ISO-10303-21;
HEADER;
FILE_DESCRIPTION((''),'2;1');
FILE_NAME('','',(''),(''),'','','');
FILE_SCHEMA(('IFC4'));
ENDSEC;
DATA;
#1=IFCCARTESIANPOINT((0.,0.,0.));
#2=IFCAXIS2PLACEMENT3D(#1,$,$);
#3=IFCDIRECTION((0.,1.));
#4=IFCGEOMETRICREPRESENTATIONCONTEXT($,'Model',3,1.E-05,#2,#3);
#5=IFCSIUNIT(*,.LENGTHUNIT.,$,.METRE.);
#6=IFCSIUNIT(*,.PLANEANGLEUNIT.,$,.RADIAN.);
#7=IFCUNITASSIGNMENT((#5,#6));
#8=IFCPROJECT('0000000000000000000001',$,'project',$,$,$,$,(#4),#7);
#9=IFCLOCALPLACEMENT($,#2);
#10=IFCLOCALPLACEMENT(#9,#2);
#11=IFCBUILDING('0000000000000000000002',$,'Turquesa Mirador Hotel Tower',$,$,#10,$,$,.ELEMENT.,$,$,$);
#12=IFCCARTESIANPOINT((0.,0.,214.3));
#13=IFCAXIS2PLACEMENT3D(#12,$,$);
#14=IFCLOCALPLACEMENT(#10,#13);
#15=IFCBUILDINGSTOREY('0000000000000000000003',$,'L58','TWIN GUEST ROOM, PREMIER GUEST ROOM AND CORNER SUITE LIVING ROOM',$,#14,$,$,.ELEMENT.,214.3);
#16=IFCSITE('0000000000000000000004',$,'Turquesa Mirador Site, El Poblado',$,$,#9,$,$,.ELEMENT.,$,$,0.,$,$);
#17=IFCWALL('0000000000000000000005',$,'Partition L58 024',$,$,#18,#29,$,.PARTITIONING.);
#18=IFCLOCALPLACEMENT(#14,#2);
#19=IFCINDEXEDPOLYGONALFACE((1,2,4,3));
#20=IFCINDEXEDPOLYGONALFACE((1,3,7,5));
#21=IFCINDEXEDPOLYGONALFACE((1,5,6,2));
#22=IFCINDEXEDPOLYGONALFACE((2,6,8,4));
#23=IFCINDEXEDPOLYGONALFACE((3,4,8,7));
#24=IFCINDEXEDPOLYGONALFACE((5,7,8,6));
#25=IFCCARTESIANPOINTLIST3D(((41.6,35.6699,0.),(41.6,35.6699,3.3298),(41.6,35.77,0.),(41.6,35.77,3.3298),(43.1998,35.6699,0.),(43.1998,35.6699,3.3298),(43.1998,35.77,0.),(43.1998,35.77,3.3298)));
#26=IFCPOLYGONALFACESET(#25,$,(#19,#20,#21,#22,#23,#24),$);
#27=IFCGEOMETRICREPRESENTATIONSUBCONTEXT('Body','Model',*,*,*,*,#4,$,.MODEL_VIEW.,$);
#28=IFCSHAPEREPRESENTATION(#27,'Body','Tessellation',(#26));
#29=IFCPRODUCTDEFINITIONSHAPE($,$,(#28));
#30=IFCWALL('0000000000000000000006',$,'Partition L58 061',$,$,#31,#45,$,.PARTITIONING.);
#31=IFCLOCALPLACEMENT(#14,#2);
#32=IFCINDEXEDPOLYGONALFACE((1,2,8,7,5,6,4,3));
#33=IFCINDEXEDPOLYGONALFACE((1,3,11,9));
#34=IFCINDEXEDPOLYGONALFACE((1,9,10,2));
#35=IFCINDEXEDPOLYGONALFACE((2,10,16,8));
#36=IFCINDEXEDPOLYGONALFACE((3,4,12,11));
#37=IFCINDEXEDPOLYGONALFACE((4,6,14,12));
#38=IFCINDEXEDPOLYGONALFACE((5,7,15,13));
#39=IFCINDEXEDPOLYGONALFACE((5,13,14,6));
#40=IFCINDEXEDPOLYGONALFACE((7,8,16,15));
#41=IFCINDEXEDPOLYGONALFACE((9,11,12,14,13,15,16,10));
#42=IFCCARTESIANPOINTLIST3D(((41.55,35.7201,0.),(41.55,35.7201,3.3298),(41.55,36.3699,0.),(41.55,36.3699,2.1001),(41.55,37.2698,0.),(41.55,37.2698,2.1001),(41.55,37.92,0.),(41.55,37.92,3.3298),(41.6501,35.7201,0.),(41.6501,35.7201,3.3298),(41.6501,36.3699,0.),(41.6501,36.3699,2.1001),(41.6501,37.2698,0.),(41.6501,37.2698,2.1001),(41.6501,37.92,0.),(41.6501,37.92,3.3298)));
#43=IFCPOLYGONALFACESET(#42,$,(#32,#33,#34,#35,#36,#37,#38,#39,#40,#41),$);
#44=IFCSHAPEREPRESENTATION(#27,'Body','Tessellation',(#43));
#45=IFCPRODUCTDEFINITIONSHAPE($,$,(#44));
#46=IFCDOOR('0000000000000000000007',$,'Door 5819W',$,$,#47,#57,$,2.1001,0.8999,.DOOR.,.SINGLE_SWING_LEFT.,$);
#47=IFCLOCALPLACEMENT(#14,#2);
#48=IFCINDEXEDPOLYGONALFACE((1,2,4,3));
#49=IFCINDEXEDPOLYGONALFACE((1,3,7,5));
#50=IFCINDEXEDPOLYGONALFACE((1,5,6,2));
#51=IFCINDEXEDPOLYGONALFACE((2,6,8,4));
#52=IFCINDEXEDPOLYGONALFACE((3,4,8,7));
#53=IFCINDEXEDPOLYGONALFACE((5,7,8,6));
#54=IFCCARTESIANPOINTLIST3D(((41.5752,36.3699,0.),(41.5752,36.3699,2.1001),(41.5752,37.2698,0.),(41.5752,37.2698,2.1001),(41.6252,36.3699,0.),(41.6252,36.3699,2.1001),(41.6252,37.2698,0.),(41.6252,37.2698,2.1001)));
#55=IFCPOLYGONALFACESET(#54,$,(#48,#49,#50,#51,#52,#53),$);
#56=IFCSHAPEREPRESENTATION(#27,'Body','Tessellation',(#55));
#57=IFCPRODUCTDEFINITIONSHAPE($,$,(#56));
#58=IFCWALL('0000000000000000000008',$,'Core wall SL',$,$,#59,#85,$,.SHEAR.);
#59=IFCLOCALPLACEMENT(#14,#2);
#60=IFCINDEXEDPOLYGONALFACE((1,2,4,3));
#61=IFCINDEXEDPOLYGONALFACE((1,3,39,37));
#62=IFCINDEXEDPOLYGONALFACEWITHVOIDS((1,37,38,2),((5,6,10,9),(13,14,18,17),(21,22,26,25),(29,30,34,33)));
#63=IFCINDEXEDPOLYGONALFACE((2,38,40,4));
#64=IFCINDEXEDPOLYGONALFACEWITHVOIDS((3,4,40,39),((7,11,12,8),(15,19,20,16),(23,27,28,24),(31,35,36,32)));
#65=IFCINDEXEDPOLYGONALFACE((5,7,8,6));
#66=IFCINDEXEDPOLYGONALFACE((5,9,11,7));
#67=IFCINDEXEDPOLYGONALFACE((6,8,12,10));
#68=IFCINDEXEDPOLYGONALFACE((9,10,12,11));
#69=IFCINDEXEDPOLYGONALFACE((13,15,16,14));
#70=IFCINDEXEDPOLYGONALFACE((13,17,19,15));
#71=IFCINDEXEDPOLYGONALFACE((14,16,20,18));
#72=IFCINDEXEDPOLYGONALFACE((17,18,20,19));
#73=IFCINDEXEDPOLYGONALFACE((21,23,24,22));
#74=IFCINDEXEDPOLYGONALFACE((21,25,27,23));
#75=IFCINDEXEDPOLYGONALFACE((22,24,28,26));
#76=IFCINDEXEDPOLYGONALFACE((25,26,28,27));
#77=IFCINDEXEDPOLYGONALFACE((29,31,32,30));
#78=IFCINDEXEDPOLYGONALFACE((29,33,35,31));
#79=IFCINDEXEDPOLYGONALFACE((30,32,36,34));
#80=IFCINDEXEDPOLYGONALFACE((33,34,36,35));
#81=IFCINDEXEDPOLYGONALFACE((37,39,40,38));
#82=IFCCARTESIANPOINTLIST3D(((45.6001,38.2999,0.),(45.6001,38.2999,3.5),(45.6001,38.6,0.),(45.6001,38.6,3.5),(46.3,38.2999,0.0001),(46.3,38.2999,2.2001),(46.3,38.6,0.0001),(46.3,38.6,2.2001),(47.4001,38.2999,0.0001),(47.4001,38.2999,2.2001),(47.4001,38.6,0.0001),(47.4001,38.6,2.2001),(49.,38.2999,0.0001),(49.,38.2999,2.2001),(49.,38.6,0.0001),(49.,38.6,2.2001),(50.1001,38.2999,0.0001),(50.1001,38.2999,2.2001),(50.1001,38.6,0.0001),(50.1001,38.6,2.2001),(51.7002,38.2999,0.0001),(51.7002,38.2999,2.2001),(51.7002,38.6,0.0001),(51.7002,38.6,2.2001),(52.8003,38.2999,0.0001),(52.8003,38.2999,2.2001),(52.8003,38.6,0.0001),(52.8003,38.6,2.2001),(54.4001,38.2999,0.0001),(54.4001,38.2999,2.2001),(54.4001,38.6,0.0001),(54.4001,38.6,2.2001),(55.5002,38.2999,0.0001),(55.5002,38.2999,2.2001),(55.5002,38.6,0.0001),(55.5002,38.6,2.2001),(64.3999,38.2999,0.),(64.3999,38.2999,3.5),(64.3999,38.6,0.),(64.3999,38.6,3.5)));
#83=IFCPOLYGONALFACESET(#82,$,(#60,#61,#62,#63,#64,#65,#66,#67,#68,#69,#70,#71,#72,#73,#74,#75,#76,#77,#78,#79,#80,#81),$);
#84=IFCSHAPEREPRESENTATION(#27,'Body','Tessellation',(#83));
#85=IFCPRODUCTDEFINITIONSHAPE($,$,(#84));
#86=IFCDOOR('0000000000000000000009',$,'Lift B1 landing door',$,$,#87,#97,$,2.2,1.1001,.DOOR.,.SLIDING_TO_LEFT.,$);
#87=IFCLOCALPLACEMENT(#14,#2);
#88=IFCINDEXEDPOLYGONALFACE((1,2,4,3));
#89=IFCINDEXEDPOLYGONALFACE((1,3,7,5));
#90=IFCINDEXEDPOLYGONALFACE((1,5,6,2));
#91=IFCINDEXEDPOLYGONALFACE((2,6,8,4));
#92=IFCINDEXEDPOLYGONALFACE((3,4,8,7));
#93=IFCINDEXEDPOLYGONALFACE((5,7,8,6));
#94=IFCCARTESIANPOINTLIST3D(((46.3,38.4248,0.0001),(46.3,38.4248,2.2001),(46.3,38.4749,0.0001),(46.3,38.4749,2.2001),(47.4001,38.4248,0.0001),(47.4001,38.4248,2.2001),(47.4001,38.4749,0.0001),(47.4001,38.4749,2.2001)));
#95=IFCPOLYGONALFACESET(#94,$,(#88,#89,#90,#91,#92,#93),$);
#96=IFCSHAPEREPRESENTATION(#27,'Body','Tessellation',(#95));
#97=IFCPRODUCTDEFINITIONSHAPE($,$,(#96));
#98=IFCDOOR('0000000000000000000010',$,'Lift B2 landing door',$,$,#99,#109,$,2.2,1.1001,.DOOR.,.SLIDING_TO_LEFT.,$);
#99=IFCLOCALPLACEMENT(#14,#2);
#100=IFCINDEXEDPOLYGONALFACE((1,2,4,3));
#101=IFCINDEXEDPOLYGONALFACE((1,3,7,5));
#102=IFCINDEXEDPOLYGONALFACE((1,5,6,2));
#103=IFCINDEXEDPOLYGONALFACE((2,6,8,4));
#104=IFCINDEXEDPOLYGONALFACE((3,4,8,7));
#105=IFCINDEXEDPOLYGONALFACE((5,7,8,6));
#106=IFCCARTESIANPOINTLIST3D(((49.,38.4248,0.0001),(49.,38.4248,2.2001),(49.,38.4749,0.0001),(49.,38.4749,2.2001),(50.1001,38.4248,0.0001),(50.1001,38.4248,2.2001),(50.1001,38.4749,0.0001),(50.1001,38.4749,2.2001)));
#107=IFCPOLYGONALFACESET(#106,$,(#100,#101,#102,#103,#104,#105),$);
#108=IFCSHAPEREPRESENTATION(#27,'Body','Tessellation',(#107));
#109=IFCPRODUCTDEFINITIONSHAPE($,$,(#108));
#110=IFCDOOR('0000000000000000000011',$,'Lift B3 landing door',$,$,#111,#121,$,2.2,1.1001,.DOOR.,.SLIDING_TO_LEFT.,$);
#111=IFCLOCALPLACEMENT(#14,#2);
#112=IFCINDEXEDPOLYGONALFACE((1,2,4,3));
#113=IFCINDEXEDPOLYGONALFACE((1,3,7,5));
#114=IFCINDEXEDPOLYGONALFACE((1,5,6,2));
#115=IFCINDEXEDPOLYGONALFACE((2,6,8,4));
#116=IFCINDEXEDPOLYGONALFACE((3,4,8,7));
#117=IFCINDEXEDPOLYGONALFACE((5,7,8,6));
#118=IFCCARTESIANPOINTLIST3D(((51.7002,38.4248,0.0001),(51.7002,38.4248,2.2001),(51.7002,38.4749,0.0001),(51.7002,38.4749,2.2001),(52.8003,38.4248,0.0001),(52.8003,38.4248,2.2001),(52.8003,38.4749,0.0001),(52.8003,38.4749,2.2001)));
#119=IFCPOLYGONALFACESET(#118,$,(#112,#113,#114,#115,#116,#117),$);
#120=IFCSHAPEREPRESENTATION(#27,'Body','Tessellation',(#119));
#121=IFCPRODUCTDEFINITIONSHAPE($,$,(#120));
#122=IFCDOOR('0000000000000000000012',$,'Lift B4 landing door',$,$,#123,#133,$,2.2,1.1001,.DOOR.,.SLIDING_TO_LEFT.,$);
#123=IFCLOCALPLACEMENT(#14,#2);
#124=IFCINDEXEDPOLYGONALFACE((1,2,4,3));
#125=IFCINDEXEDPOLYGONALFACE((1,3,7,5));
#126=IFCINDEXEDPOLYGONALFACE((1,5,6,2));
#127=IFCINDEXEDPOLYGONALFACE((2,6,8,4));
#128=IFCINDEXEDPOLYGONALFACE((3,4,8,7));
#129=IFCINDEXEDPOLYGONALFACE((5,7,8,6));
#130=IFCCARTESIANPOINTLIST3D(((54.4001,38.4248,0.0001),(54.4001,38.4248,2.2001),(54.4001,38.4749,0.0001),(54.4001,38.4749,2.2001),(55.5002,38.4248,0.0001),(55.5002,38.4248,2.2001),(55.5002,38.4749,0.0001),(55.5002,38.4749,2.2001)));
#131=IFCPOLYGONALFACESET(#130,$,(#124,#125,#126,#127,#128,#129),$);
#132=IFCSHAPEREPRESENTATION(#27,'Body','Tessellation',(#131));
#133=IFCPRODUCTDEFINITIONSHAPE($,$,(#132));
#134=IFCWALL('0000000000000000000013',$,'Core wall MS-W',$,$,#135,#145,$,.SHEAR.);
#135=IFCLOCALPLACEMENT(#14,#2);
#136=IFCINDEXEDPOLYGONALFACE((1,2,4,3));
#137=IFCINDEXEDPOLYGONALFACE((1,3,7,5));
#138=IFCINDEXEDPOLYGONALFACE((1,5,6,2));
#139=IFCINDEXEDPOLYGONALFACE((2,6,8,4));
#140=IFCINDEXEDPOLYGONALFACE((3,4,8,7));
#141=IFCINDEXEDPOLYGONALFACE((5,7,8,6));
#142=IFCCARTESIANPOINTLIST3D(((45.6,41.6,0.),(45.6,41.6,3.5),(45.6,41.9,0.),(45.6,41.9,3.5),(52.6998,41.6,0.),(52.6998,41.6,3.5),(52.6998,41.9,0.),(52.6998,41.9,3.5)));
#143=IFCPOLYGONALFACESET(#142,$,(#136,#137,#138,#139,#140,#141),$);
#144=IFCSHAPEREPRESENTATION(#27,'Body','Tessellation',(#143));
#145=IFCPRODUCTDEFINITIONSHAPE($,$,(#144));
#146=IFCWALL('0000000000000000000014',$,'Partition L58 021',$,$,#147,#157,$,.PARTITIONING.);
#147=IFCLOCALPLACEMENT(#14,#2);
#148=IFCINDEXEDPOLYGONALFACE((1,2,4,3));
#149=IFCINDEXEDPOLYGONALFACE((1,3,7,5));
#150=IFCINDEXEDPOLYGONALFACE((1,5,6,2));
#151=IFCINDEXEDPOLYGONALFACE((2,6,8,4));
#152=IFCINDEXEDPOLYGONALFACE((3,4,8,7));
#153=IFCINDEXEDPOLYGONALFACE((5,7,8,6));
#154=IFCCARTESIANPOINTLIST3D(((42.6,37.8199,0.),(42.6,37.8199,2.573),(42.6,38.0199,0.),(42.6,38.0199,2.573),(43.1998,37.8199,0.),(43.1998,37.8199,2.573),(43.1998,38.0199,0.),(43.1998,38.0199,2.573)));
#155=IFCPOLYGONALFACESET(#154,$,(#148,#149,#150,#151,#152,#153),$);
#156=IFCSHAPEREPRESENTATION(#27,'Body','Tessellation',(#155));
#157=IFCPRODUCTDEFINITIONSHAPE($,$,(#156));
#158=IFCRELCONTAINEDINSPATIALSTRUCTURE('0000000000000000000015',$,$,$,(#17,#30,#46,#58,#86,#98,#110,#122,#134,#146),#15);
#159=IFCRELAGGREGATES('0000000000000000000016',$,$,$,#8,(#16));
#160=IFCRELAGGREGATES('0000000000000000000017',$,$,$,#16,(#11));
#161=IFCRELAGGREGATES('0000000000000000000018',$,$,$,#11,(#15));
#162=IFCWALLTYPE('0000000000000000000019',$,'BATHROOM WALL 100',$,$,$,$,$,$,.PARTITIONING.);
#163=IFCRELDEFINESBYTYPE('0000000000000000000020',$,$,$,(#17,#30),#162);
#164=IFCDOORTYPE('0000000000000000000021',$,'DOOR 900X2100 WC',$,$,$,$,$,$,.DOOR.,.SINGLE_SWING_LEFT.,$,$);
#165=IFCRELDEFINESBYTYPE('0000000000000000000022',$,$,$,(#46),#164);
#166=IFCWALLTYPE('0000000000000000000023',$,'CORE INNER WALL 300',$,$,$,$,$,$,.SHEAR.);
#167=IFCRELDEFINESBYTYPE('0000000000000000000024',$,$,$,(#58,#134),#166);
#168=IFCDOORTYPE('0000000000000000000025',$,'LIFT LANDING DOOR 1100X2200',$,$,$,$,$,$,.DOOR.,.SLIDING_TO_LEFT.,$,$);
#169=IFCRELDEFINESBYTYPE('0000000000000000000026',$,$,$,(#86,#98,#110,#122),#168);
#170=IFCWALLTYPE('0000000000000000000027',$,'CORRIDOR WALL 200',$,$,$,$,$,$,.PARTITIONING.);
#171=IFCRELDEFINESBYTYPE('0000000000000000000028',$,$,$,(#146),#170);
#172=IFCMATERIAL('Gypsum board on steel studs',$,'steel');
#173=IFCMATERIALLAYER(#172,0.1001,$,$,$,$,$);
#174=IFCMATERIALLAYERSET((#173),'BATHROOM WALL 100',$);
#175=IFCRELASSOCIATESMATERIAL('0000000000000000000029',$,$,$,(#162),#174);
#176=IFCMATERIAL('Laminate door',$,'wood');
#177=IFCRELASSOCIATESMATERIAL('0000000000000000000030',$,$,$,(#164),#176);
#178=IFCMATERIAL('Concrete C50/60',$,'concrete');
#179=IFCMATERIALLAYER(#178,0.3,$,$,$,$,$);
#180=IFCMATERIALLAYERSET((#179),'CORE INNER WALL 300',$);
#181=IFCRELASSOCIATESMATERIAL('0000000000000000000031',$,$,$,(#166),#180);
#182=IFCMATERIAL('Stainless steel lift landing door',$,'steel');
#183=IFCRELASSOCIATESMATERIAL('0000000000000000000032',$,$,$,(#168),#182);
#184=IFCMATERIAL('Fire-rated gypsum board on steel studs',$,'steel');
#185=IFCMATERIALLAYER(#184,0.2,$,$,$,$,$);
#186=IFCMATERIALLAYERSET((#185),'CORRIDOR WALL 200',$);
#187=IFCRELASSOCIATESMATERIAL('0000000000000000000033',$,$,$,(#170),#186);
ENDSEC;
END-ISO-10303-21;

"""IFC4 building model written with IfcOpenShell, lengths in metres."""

from ifc_helpers import new_model, si_unit, direction, frame, frame_2d, origin, place, context, subcontext, project, spatial, rectangle, extrude, material, layer, layer_set, type_object, element, fill, save


model = new_model("IFC4")

# Units and contexts
model_context = context("Model", 3, precision=1e-05, world=origin(), true_north=direction((0.0, 1.0)))
body_context = subcontext(model_context, "Body", "Model", "MODEL_VIEW")
ifc_project = project(units=[si_unit("LENGTHUNIT", "METRE"), si_unit("PLANEANGLEUNIT", "RADIAN")], contexts=[model_context])

# Site, building, storey
site_placement = place(None, origin())
site = spatial("IfcSite", under=ifc_project, at=site_placement, Name="Turquesa Mirador Site, El Poblado", CompositionType="ELEMENT", RefElevation=0.0)
building_placement = place(site_placement, origin())
building = spatial("IfcBuilding", under=site, at=building_placement, Name="Turquesa Mirador Hotel Tower", CompositionType="ELEMENT")
storey_placement = place(building_placement, frame((0.0, 0.0, 214.3)))
storey = spatial("IfcBuildingStorey", under=building, at=storey_placement, Name="L58", Description="TWIN GUEST ROOM, PREMIER GUEST ROOM AND CORNER SUITE LIVING ROOM", CompositionType="ELEMENT", Elevation=214.3)

# Wall
ifc_material_1 = material(Name="Gypsum board on steel studs", Category="steel")
ifc_layer_1 = layer(ifc_material_1, 0.1001)
ifc_layer_set_1 = layer_set([ifc_layer_1], Name="BATHROOM WALL 100")
wall_type_1 = type_object("IfcWallType", Name="BATHROOM WALL 100", PredefinedType="PARTITIONING", material=ifc_layer_set_1)
wall_1_placement = place(storey_placement, frame((41.6001, 35.72, 0.0), z_axis=(0.0, 0.0, 1.0), x_axis=(1.0, 0.0, 0.0)))
element("IfcWall", 1, at=wall_1_placement, inside=storey, type_object=wall_type_1, Name="Partition L58 024", PredefinedType="PARTITIONING", context=body_context, shape_type="SweptSolid", body=[
    extrude(rectangle(XDim=1.5999, YDim=0.1001, at=frame_2d((0.7998, 0.0))), origin(), (0.0, 0.0, 1.0), 3.3298),
])

# Wall, opening, door
wall_2_placement = place(storey_placement, frame((41.6001, 35.72, 0.0), z_axis=(0.0, 0.0, 1.0), x_axis=(0.0, 1.0, 0.0)))
wall_2 = element("IfcWall", 2, at=wall_2_placement, inside=storey, type_object=wall_type_1, Name="Partition L58 061", PredefinedType="PARTITIONING", context=body_context, shape_type="SweptSolid", body=[
    extrude(rectangle(XDim=2.2, YDim=0.1001, at=frame_2d((1.1001, 0.0))), origin(), (0.0, 0.0, 1.0), 3.3298),
])
opening_1_placement = place(wall_2_placement, frame((0.6499, 0.0, 0.0)))
opening_1 = element("IfcOpeningElement", 3, at=opening_1_placement, cuts=wall_2, PredefinedType="OPENING", context=body_context, shape_type="SweptSolid", body=[
    extrude(rectangle(XDim=0.8999, YDim=2.1001, at=frame_2d((0.45, 1.05))), frame((0.0, 0.0601, 0.0), z_axis=(0.0, -1.0, 0.0), x_axis=(1.0, 0.0, 0.0)), (0.0, 0.0, 1.0), 0.1201),
])
ifc_material_2 = material(Name="Laminate door", Category="wood")
door_type_1 = type_object("IfcDoorType", Name="DOOR 900X2100 WC", OperationType="SINGLE_SWING_LEFT", PredefinedType="DOOR", material=ifc_material_2)
door_1_placement = place(opening_1_placement, origin())
door_1 = element("IfcDoor", 4, at=door_1_placement, inside=storey, type_object=door_type_1, Name="Door 5819W", OperationType="SINGLE_SWING_LEFT", OverallHeight=2.1001, OverallWidth=0.8999, PredefinedType="DOOR", context=body_context, shape_type="SweptSolid", body=[
    extrude(rectangle(XDim=0.8999, YDim=2.1001, at=frame_2d((0.45, 1.05))), frame((0.0, 0.0249, 0.0), z_axis=(0.0, -1.0, 0.0), x_axis=(1.0, 0.0, 0.0)), (0.0, 0.0, 1.0), 0.05),
])
fill(opening_1, door_1)

# Wall, openings, doors
ifc_material_3 = material(Name="Concrete C50/60", Category="concrete")
ifc_layer_2 = layer(ifc_material_3, 0.3)
ifc_layer_set_2 = layer_set([ifc_layer_2], Name="CORE INNER WALL 300")
wall_type_2 = type_object("IfcWallType", Name="CORE INNER WALL 300", PredefinedType="SHEAR", material=ifc_layer_set_2)
wall_3_placement = place(storey_placement, frame((45.6001, 38.45, 0.0), z_axis=(0.0, 0.0, 1.0), x_axis=(1.0, 0.0, 0.0)))
wall_3 = element("IfcWall", 5, at=wall_3_placement, inside=storey, type_object=wall_type_2, Name="Core wall SL", PredefinedType="SHEAR", context=body_context, shape_type="SweptSolid", body=[
    extrude(rectangle(XDim=18.7998, YDim=0.3, at=frame_2d((9.3999, 0.0))), origin(), (0.0, 0.0, 1.0), 3.5),
])
opening_2_placement = place(wall_3_placement, frame((0.7, 0.0, 0.0)))
opening_2 = element("IfcOpeningElement", 6, at=opening_2_placement, cuts=wall_3, PredefinedType="OPENING", context=body_context, shape_type="SweptSolid", body=[
    extrude(rectangle(XDim=1.1001, YDim=2.2, at=frame_2d((0.55, 1.1001))), frame((0.0, 0.1599, 0.0), z_axis=(0.0, -1.0, 0.0), x_axis=(1.0, 0.0, 0.0)), (0.0, 0.0, 1.0), 0.3201),
])
opening_3_placement = place(wall_3_placement, frame((3.3999, 0.0, 0.0)))
opening_3 = element("IfcOpeningElement", 7, at=opening_3_placement, cuts=wall_3, PredefinedType="OPENING", context=body_context, shape_type="SweptSolid", body=[
    extrude(rectangle(XDim=1.1001, YDim=2.2, at=frame_2d((0.55, 1.1001))), frame((0.0, 0.1599, 0.0), z_axis=(0.0, -1.0, 0.0), x_axis=(1.0, 0.0, 0.0)), (0.0, 0.0, 1.0), 0.3201),
])
opening_4_placement = place(wall_3_placement, frame((6.1001, 0.0, 0.0)))
opening_4 = element("IfcOpeningElement", 8, at=opening_4_placement, cuts=wall_3, PredefinedType="OPENING", context=body_context, shape_type="SweptSolid", body=[
    extrude(rectangle(XDim=1.1001, YDim=2.2, at=frame_2d((0.55, 1.1001))), frame((0.0, 0.1599, 0.0), z_axis=(0.0, -1.0, 0.0), x_axis=(1.0, 0.0, 0.0)), (0.0, 0.0, 1.0), 0.3201),
])
opening_5_placement = place(wall_3_placement, frame((8.8, 0.0, 0.0)))
opening_5 = element("IfcOpeningElement", 9, at=opening_5_placement, cuts=wall_3, PredefinedType="OPENING", context=body_context, shape_type="SweptSolid", body=[
    extrude(rectangle(XDim=1.1001, YDim=2.2, at=frame_2d((0.55, 1.1001))), frame((0.0, 0.1599, 0.0), z_axis=(0.0, -1.0, 0.0), x_axis=(1.0, 0.0, 0.0)), (0.0, 0.0, 1.0), 0.3201),
])
ifc_material_4 = material(Name="Stainless steel lift landing door", Category="steel")
door_type_2 = type_object("IfcDoorType", Name="LIFT LANDING DOOR 1100X2200", OperationType="SLIDING_TO_LEFT", PredefinedType="DOOR", material=ifc_material_4)
door_2_placement = place(opening_2_placement, origin())
door_2 = element("IfcDoor", 10, at=door_2_placement, inside=storey, type_object=door_type_2, Name="Lift B1 landing door", OperationType="SLIDING_TO_LEFT", OverallHeight=2.2, OverallWidth=1.1001, PredefinedType="DOOR", context=body_context, shape_type="SweptSolid", body=[
    extrude(rectangle(XDim=1.1001, YDim=2.2, at=frame_2d((0.55, 1.1001))), frame((0.0, 0.0249, 0.0), z_axis=(0.0, -1.0, 0.0), x_axis=(1.0, 0.0, 0.0)), (0.0, 0.0, 1.0), 0.05),
])
fill(opening_2, door_2)
door_3_placement = place(opening_3_placement, origin())
door_3 = element("IfcDoor", 11, at=door_3_placement, inside=storey, type_object=door_type_2, Name="Lift B2 landing door", OperationType="SLIDING_TO_LEFT", OverallHeight=2.2, OverallWidth=1.1001, PredefinedType="DOOR", context=body_context, shape_type="SweptSolid", body=[
    extrude(rectangle(XDim=1.1001, YDim=2.2, at=frame_2d((0.55, 1.1001))), frame((0.0, 0.0249, 0.0), z_axis=(0.0, -1.0, 0.0), x_axis=(1.0, 0.0, 0.0)), (0.0, 0.0, 1.0), 0.05),
])
fill(opening_3, door_3)
door_4_placement = place(opening_4_placement, origin())
door_4 = element("IfcDoor", 12, at=door_4_placement, inside=storey, type_object=door_type_2, Name="Lift B3 landing door", OperationType="SLIDING_TO_LEFT", OverallHeight=2.2, OverallWidth=1.1001, PredefinedType="DOOR", context=body_context, shape_type="SweptSolid", body=[
    extrude(rectangle(XDim=1.1001, YDim=2.2, at=frame_2d((0.55, 1.1001))), frame((0.0, 0.0249, 0.0), z_axis=(0.0, -1.0, 0.0), x_axis=(1.0, 0.0, 0.0)), (0.0, 0.0, 1.0), 0.05),
])
fill(opening_4, door_4)
door_5_placement = place(opening_5_placement, origin())
door_5 = element("IfcDoor", 13, at=door_5_placement, inside=storey, type_object=door_type_2, Name="Lift B4 landing door", OperationType="SLIDING_TO_LEFT", OverallHeight=2.2, OverallWidth=1.1001, PredefinedType="DOOR", context=body_context, shape_type="SweptSolid", body=[
    extrude(rectangle(XDim=1.1001, YDim=2.2, at=frame_2d((0.55, 1.1001))), frame((0.0, 0.0249, 0.0), z_axis=(0.0, -1.0, 0.0), x_axis=(1.0, 0.0, 0.0)), (0.0, 0.0, 1.0), 0.05),
])
fill(opening_5, door_5)

# Walls
wall_4_placement = place(storey_placement, frame((45.6001, 41.75, 0.0), z_axis=(0.0, 0.0, 1.0), x_axis=(1.0, 0.0, 0.0)))
element("IfcWall", 14, at=wall_4_placement, inside=storey, type_object=wall_type_2, Name="Core wall MS-W", PredefinedType="SHEAR", context=body_context, shape_type="SweptSolid", body=[
    extrude(rectangle(XDim=7.0999, YDim=0.3, at=frame_2d((3.5498, 0.0))), origin(), (0.0, 0.0, 1.0), 3.5),
])
ifc_material_5 = material(Name="Fire-rated gypsum board on steel studs", Category="steel")
ifc_layer_3 = layer(ifc_material_5, 0.2)
ifc_layer_set_3 = layer_set([ifc_layer_3], Name="CORRIDOR WALL 200")
wall_type_3 = type_object("IfcWallType", Name="CORRIDOR WALL 200", PredefinedType="PARTITIONING", material=ifc_layer_set_3)
wall_5_placement = place(storey_placement, frame((42.6001, 37.9199, 0.0), z_axis=(0.0, 0.0, 1.0), x_axis=(1.0, 0.0, 0.0)))
element("IfcWall", 15, at=wall_5_placement, inside=storey, type_object=wall_type_3, Name="Partition L58 021", PredefinedType="PARTITIONING", context=body_context, shape_type="SweptSolid", body=[
    extrude(rectangle(XDim=0.5999, YDim=0.2, at=frame_2d((0.2998, 0.0))), origin(), (0.0, 0.0, 1.0), 2.573),
])

save(model, "model.ifc")
